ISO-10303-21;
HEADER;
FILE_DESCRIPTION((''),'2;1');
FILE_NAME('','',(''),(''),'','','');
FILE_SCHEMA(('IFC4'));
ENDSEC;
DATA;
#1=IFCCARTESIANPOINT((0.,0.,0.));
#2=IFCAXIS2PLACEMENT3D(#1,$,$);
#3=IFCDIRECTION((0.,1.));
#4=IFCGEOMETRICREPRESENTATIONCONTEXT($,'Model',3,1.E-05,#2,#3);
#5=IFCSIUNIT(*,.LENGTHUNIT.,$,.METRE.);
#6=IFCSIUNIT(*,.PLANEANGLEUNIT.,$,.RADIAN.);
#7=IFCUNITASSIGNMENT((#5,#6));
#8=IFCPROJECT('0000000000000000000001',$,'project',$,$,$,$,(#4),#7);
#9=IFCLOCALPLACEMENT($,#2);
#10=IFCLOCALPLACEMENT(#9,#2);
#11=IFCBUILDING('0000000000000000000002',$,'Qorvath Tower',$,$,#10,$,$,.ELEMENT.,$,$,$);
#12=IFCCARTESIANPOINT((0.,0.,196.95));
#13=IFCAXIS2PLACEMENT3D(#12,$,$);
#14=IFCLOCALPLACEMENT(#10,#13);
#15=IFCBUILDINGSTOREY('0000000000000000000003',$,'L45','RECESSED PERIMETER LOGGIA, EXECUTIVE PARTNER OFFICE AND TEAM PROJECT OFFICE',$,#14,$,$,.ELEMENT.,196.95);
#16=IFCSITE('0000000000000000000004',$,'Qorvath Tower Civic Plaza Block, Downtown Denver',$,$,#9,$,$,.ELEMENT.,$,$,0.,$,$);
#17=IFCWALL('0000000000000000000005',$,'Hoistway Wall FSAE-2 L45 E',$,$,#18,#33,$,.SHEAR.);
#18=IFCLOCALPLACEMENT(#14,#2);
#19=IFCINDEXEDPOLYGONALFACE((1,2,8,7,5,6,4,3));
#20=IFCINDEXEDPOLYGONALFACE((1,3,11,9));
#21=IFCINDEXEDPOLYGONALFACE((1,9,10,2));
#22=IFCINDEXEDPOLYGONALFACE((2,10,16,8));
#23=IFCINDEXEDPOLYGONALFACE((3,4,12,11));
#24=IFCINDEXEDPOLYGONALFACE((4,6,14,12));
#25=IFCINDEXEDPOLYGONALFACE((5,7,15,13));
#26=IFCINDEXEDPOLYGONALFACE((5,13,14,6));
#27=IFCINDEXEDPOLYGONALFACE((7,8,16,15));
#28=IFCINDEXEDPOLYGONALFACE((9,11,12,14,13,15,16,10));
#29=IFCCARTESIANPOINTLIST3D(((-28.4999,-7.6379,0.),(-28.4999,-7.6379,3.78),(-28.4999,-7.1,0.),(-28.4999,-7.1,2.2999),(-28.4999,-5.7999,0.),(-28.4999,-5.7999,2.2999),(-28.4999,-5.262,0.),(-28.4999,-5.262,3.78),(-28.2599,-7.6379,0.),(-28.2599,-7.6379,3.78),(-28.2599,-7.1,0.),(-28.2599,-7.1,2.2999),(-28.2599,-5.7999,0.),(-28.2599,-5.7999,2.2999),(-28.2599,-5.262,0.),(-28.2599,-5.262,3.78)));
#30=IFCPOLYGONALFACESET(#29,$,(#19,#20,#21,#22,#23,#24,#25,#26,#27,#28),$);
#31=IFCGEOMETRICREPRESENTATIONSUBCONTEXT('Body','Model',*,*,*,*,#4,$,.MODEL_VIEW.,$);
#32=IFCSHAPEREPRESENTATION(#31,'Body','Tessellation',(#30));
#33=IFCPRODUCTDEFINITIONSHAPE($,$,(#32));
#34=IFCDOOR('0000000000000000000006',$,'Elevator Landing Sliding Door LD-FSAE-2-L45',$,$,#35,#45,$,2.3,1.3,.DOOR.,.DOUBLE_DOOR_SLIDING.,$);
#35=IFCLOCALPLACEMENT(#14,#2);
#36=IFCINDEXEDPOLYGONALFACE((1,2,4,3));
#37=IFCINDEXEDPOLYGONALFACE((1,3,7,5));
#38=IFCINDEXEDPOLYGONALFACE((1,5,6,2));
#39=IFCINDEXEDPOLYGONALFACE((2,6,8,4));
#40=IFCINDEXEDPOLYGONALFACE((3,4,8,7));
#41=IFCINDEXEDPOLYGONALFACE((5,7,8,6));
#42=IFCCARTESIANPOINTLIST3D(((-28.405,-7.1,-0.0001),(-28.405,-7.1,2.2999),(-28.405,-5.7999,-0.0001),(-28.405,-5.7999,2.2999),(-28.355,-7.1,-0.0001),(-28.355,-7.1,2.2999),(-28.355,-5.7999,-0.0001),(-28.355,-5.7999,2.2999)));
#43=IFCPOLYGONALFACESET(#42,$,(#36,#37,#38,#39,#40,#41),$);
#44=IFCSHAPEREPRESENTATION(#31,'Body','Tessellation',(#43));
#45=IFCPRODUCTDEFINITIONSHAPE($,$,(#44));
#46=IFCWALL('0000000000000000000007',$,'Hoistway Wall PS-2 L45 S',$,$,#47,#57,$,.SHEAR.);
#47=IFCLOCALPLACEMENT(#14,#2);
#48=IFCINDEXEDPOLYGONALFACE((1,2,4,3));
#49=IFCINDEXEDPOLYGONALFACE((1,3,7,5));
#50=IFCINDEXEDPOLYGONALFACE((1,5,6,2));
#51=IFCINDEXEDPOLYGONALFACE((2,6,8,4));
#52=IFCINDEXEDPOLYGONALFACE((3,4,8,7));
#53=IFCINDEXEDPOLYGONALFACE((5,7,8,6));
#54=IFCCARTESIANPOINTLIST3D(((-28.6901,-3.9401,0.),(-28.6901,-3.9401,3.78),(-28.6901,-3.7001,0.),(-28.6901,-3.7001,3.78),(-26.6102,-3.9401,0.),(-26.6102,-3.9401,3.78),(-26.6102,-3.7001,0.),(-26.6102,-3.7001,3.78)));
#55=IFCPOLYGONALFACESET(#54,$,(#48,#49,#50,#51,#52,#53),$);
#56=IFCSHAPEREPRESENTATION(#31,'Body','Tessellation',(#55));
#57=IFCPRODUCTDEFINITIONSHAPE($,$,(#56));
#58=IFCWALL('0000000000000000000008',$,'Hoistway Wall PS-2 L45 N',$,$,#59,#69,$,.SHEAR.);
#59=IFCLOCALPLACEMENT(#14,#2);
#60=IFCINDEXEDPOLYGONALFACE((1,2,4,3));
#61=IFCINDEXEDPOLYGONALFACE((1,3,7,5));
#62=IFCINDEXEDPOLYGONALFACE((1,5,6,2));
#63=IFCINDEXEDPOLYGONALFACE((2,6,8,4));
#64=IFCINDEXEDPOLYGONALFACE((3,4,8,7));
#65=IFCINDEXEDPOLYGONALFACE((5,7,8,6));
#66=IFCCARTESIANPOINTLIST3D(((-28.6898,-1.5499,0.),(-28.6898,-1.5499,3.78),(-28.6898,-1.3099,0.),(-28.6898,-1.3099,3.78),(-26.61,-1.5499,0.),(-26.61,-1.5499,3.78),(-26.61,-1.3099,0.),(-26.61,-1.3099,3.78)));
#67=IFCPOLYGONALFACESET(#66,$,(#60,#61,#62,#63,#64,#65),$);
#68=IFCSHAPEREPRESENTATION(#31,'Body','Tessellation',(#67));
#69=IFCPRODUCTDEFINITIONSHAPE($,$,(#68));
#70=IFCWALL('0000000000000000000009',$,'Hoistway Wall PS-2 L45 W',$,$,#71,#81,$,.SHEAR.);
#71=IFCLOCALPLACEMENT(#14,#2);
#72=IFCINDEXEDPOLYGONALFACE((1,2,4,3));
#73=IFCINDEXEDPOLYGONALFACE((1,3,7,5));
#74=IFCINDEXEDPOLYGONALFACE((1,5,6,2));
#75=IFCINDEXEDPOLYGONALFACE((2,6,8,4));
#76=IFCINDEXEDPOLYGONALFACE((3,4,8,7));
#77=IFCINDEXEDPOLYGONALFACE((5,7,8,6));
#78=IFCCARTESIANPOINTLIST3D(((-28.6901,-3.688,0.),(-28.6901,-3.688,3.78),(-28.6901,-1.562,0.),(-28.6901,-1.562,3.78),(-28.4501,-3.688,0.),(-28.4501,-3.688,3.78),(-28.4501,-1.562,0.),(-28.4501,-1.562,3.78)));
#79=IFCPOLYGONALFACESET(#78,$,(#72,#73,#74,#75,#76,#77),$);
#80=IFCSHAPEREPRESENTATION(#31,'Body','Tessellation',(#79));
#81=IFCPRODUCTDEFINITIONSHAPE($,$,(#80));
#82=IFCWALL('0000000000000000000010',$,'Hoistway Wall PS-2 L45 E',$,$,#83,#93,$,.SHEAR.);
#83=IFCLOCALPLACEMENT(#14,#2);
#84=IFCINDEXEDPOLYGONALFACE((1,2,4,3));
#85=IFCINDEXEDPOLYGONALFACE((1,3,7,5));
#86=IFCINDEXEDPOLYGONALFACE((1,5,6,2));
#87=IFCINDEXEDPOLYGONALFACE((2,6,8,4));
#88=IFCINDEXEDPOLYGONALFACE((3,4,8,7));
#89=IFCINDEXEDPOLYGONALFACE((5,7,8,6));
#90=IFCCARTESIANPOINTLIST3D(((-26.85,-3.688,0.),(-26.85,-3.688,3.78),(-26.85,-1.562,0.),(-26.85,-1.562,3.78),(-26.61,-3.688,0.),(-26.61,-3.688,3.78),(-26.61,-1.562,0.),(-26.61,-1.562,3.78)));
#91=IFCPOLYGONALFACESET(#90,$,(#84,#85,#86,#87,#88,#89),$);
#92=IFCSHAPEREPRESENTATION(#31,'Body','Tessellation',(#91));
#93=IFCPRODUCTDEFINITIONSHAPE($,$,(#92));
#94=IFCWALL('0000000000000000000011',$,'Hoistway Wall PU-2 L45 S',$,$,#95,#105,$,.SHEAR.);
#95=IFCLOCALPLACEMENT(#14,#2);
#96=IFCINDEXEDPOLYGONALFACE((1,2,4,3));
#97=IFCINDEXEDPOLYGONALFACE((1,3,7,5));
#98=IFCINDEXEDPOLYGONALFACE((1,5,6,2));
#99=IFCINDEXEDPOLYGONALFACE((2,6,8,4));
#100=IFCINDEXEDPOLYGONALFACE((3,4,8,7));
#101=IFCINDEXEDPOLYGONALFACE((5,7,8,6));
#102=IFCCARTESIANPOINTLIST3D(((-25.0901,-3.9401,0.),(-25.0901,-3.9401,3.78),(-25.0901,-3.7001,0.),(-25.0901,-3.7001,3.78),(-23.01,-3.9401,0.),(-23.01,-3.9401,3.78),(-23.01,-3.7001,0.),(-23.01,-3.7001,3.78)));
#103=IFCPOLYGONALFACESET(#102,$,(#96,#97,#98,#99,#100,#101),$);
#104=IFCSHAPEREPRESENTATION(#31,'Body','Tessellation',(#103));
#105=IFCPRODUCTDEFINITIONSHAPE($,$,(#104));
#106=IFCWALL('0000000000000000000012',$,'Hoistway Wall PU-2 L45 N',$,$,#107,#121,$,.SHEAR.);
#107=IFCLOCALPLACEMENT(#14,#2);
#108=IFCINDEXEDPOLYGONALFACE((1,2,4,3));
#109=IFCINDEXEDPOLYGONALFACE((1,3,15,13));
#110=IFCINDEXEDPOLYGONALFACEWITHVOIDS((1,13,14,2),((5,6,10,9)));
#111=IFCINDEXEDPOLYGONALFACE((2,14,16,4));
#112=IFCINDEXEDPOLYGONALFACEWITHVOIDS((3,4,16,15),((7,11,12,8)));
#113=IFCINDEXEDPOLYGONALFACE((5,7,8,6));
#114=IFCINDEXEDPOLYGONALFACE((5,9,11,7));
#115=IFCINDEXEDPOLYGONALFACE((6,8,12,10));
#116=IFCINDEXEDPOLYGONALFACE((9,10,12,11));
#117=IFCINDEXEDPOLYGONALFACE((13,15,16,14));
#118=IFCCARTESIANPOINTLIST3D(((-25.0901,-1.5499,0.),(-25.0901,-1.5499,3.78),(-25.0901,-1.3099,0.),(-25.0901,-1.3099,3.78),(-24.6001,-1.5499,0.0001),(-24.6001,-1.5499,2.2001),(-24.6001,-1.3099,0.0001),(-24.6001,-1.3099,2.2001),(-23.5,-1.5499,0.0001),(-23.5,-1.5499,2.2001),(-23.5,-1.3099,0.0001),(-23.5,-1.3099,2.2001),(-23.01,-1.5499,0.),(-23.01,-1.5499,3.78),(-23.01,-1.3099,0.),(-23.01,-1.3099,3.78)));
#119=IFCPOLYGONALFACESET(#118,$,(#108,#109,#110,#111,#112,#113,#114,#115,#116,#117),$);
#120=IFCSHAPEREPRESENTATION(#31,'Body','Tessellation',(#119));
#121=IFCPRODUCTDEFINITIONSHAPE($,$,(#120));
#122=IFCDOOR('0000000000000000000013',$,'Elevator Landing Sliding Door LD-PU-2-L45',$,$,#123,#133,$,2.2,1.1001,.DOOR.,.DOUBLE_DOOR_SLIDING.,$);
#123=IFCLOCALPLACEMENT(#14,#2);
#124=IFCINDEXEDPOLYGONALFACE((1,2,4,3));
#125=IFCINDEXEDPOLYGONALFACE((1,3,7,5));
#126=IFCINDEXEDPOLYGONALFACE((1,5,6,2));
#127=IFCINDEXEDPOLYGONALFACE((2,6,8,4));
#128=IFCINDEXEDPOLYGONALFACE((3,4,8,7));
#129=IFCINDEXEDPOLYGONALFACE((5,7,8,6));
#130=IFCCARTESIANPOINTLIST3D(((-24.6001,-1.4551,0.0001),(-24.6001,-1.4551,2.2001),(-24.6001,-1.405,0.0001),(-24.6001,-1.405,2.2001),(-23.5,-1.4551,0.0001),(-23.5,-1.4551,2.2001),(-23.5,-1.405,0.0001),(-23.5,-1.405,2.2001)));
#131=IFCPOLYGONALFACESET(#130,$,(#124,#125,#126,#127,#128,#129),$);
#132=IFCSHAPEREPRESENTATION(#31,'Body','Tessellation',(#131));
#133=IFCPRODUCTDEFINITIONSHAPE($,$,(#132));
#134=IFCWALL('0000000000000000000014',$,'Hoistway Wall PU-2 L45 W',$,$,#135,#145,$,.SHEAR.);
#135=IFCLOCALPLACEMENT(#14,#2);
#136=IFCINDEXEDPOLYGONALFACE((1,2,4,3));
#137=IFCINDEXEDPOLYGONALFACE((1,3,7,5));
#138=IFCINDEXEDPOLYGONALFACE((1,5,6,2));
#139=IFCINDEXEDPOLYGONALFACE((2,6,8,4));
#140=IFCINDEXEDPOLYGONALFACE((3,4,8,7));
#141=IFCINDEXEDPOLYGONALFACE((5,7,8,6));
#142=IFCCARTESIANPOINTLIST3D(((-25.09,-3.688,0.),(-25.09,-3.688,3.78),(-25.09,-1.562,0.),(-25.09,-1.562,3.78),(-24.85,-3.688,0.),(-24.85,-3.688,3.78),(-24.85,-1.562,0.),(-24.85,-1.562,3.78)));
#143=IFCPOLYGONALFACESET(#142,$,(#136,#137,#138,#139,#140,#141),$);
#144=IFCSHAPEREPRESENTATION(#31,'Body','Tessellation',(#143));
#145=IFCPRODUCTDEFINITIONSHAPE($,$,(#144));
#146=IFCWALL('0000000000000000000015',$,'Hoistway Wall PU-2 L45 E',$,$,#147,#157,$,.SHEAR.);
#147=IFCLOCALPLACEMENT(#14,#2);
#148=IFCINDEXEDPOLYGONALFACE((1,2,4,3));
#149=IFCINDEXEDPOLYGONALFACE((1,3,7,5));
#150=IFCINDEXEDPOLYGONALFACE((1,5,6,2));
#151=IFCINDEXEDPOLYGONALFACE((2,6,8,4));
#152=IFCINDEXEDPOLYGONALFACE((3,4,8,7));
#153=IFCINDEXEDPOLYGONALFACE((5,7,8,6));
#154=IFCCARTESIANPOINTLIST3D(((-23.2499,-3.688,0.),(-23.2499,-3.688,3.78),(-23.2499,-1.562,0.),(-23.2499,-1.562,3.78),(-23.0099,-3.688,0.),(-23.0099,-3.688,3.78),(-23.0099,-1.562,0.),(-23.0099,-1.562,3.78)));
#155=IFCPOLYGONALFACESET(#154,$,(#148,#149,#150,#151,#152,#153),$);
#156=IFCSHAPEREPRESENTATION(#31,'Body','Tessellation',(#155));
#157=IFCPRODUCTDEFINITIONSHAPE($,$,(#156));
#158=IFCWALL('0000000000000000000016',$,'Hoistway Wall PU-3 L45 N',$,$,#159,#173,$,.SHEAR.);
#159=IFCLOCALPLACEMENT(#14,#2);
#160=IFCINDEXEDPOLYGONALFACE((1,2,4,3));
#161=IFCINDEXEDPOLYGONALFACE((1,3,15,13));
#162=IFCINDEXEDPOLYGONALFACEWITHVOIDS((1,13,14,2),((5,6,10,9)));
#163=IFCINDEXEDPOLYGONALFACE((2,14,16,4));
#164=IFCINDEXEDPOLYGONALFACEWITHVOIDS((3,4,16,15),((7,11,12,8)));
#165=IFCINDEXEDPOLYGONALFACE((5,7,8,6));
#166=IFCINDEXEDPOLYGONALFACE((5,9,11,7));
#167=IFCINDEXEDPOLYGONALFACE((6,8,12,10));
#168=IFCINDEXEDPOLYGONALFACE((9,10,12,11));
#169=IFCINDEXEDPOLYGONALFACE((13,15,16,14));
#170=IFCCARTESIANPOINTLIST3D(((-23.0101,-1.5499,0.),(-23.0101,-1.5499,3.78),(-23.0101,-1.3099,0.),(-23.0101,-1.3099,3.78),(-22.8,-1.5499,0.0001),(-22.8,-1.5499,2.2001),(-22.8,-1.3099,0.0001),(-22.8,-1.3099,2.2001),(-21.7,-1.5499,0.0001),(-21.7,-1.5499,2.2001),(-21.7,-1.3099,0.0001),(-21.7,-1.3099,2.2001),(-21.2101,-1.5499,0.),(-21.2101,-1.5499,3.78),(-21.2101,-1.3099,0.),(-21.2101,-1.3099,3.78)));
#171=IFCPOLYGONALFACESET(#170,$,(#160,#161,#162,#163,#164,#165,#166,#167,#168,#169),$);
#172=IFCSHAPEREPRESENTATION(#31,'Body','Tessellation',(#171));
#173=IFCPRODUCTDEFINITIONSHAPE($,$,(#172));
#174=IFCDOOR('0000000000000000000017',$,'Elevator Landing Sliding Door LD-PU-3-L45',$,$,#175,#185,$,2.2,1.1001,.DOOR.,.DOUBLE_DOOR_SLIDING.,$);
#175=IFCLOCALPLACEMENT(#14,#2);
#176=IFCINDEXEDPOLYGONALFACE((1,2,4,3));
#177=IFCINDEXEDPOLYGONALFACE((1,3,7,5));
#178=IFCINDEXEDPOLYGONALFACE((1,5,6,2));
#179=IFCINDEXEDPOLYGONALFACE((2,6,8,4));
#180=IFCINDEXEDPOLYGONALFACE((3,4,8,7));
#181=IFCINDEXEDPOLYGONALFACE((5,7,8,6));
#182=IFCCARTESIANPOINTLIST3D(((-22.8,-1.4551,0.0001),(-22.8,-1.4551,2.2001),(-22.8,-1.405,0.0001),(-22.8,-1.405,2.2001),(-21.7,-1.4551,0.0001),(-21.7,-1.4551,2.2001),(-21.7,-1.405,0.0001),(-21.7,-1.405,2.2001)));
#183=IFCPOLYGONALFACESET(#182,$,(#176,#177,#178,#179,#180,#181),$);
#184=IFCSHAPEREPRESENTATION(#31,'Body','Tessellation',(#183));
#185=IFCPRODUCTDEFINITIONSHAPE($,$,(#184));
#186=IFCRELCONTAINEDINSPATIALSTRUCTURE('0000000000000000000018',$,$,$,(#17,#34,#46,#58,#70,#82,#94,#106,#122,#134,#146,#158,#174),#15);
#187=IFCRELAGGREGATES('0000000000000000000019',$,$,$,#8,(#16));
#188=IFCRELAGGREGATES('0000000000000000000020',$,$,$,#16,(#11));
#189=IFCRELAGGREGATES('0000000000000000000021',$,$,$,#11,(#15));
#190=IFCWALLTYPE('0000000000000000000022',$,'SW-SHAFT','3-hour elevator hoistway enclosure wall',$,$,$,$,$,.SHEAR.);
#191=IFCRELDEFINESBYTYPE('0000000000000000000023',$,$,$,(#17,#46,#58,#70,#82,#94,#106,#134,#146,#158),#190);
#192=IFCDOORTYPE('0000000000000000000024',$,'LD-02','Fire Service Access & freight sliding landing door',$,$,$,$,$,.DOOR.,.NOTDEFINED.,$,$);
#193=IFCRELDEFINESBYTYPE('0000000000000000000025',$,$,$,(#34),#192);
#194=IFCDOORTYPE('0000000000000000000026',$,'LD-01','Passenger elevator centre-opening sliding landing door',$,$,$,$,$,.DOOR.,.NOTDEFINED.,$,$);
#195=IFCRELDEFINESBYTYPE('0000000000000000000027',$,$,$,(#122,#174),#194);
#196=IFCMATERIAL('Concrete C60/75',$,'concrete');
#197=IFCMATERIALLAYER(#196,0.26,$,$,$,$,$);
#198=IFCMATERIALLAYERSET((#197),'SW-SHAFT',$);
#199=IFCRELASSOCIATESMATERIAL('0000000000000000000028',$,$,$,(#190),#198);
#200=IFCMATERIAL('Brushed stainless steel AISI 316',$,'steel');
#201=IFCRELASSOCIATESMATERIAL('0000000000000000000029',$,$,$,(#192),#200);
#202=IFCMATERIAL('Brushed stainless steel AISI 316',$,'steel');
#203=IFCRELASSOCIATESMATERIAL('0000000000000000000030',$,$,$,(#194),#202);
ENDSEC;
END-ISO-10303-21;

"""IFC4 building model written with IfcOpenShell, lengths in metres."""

from ifc_helpers import new_model, si_unit, direction, frame, frame_2d, origin, place, context, subcontext, project, spatial, rectangle, extrude, material, layer, layer_set, type_object, element, fill, save


model = new_model("IFC4")

# Units and contexts
model_context = context("Model", 3, precision=1e-05, world=origin(), true_north=direction((0.0, 1.0)))
body_context = subcontext(model_context, "Body", "Model", "MODEL_VIEW")
ifc_project = project(units=[si_unit("LENGTHUNIT", "METRE"), si_unit("PLANEANGLEUNIT", "RADIAN")], contexts=[model_context])

# Site, building, storey
site_placement = place(None, origin())
site = spatial("IfcSite", under=ifc_project, at=site_placement, Name="Qorvath Tower Civic Plaza Block, Downtown Denver", CompositionType="ELEMENT", RefElevation=0.0)
building_placement = place(site_placement, origin())
building = spatial("IfcBuilding", under=site, at=building_placement, Name="Qorvath Tower", CompositionType="ELEMENT")
storey_placement = place(building_placement, frame((0.0, 0.0, 196.95)))
storey = spatial("IfcBuildingStorey", under=building, at=storey_placement, Name="L45", Description="RECESSED PERIMETER LOGGIA, EXECUTIVE PARTNER OFFICE AND TEAM PROJECT OFFICE", CompositionType="ELEMENT", Elevation=196.95)

# Shared definitions
ifc_material_1 = material(Name="Concrete C60/75", Category="concrete")
ifc_layer_1 = layer(ifc_material_1, 0.26)
ifc_layer_set_1 = layer_set([ifc_layer_1], Name="SW-SHAFT")
wall_type_1 = type_object("IfcWallType", Name="SW-SHAFT", Description="3-hour elevator hoistway enclosure wall", PredefinedType="SHEAR", material=ifc_layer_set_1)

# Wall, opening, door
wall_1_placement = place(storey_placement, frame((-28.3799, -5.262, 0.0), z_axis=(0.0, 0.0, 1.0), x_axis=(0.0, -1.0, 0.0)))
wall_1 = element("IfcWall", 1, at=wall_1_placement, inside=storey, type_object=wall_type_1, Name="Hoistway Wall FSAE-2 L45 E", PredefinedType="SHEAR", context=body_context, shape_type="SweptSolid", body=[
    extrude(rectangle(XDim=2.376, YDim=0.24, at=frame_2d((1.188, 0.0))), origin(), (0.0, 0.0, 1.0), 3.78),
])
opening_1_placement = place(wall_1_placement, frame((0.5381, 0.0, 0.0)))
opening_1 = element("IfcOpeningElement", 2, at=opening_1_placement, cuts=wall_1, PredefinedType="OPENING", context=body_context, shape_type="SweptSolid", body=[
    extrude(rectangle(XDim=1.3, YDim=2.3, at=frame_2d((0.6499, 1.1499))), frame((0.0, 0.1299, 0.0), z_axis=(0.0, -1.0, 0.0), x_axis=(1.0, 0.0, 0.0)), (0.0, 0.0, 1.0), 0.26),
])
ifc_material_2 = material(Name="Brushed stainless steel AISI 316", Category="steel")
door_type_1 = type_object("IfcDoorType", Name="LD-02", Description="Fire Service Access & freight sliding landing door", OperationType="NOTDEFINED", PredefinedType="DOOR", material=ifc_material_2)
door_1_placement = place(opening_1_placement, origin())
door_1 = element("IfcDoor", 3, at=door_1_placement, inside=storey, type_object=door_type_1, Name="Elevator Landing Sliding Door LD-FSAE-2-L45", OperationType="DOUBLE_DOOR_SLIDING", OverallHeight=2.3, OverallWidth=1.3, PredefinedType="DOOR", context=body_context, shape_type="SweptSolid", body=[
    extrude(rectangle(XDim=1.3, YDim=2.3, at=frame_2d((0.6499, 1.1499))), frame((0.0, 0.0249, 0.0), z_axis=(0.0, -1.0, 0.0), x_axis=(1.0, 0.0, 0.0)), (0.0, 0.0, 1.0), 0.05),
])
fill(opening_1, door_1)

# Walls
for number, where, z_axis, x_axis, name in (
    (4, (-26.6101, -3.8201, 0.0), (0.0, 0.0, 1.0), (-1.0, 0.0, 0.0), "Hoistway Wall PS-2 L45 S"),
    (5, (-28.6899, -1.4299, 0.0), (0.0, 0.0, 1.0), (1.0, 0.0, 0.0), "Hoistway Wall PS-2 L45 N"),
):
    element("IfcWall", number, at=place(storey_placement, frame(where, z_axis=z_axis, x_axis=x_axis)), inside=storey, type_object=wall_type_1, Name=name, PredefinedType="SHEAR", context=body_context, shape_type="SweptSolid", body=[
        extrude(rectangle(XDim=2.0798, YDim=0.24, at=frame_2d((1.04, 0.0))), origin(), (0.0, 0.0, 1.0), 3.78),
    ])
for number, where, z_axis, x_axis, name in (
    (6, (-28.5701, -3.688, 0.0), (0.0, 0.0, 1.0), (0.0, 1.0, 0.0), "Hoistway Wall PS-2 L45 W"),
    (7, (-26.73, -1.562, 0.0), (0.0, 0.0, 1.0), (0.0, -1.0, 0.0), "Hoistway Wall PS-2 L45 E"),
):
    element("IfcWall", number, at=place(storey_placement, frame(where, z_axis=z_axis, x_axis=x_axis)), inside=storey, type_object=wall_type_1, Name=name, PredefinedType="SHEAR", context=body_context, shape_type="SweptSolid", body=[
        extrude(rectangle(XDim=2.126, YDim=0.24, at=frame_2d((1.063, 0.0))), origin(), (0.0, 0.0, 1.0), 3.78),
    ])
wall_2_placement = place(storey_placement, frame((-23.01, -3.8201, 0.0), z_axis=(0.0, 0.0, 1.0), x_axis=(-1.0, 0.0, 0.0)))
element("IfcWall", 8, at=wall_2_placement, inside=storey, type_object=wall_type_1, Name="Hoistway Wall PU-2 L45 S", PredefinedType="SHEAR", context=body_context, shape_type="SweptSolid", body=[
    extrude(rectangle(XDim=2.0801, YDim=0.24, at=frame_2d((1.04, 0.0))), origin(), (0.0, 0.0, 1.0), 3.78),
])

# Wall, opening, door
wall_3_placement = place(storey_placement, frame((-25.0901, -1.4299, 0.0), z_axis=(0.0, 0.0, 1.0), x_axis=(1.0, 0.0, 0.0)))
wall_3 = element("IfcWall", 9, at=wall_3_placement, inside=storey, type_object=wall_type_1, Name="Hoistway Wall PU-2 L45 N", PredefinedType="SHEAR", context=body_context, shape_type="SweptSolid", body=[
    extrude(rectangle(XDim=2.0801, YDim=0.24, at=frame_2d((1.04, 0.0))), origin(), (0.0, 0.0, 1.0), 3.78),
])
opening_2_placement = place(wall_3_placement, frame((0.49, 0.0, 0.0)))
opening_2 = element("IfcOpeningElement", 10, at=opening_2_placement, cuts=wall_3, PredefinedType="OPENING", context=body_context, shape_type="SweptSolid", body=[
    extrude(rectangle(XDim=1.1001, YDim=2.2, at=frame_2d((0.55, 1.1001))), frame((0.0, 0.1299, 0.0), z_axis=(0.0, -1.0, 0.0), x_axis=(1.0, 0.0, 0.0)), (0.0, 0.0, 1.0), 0.26),
])
ifc_material_3 = material(Name="Brushed stainless steel AISI 316", Category="steel")
door_type_2 = type_object("IfcDoorType", Name="LD-01", Description="Passenger elevator centre-opening sliding landing door", OperationType="NOTDEFINED", PredefinedType="DOOR", material=ifc_material_3)
door_2_placement = place(opening_2_placement, origin())
door_2 = element("IfcDoor", 11, at=door_2_placement, inside=storey, type_object=door_type_2, Name="Elevator Landing Sliding Door LD-PU-2-L45", OperationType="DOUBLE_DOOR_SLIDING", OverallHeight=2.2, OverallWidth=1.1001, PredefinedType="DOOR", context=body_context, shape_type="SweptSolid", body=[
    extrude(rectangle(XDim=1.1001, YDim=2.2, at=frame_2d((0.55, 1.1001))), frame((0.0, 0.0249, 0.0), z_axis=(0.0, -1.0, 0.0), x_axis=(1.0, 0.0, 0.0)), (0.0, 0.0, 1.0), 0.05),
])
fill(opening_2, door_2)

# Walls
for number, where, z_axis, x_axis, name in (
    (12, (-24.97, -3.688, 0.0), (0.0, 0.0, 1.0), (0.0, 1.0, 0.0), "Hoistway Wall PU-2 L45 W"),
    (13, (-23.1299, -1.562, 0.0), (0.0, 0.0, 1.0), (0.0, -1.0, 0.0), "Hoistway Wall PU-2 L45 E"),
):
    element("IfcWall", number, at=place(storey_placement, frame(where, z_axis=z_axis, x_axis=x_axis)), inside=storey, type_object=wall_type_1, Name=name, PredefinedType="SHEAR", context=body_context, shape_type="SweptSolid", body=[
        extrude(rectangle(XDim=2.126, YDim=0.24, at=frame_2d((1.063, 0.0))), origin(), (0.0, 0.0, 1.0), 3.78),
    ])

# Wall, opening, door
wall_4_placement = place(storey_placement, frame((-23.01, -1.4299, 0.0), z_axis=(0.0, 0.0, 1.0), x_axis=(1.0, 0.0, 0.0)))
wall_4 = element("IfcWall", 14, at=wall_4_placement, inside=storey, type_object=wall_type_1, Name="Hoistway Wall PU-3 L45 N", PredefinedType="SHEAR", context=body_context, shape_type="SweptSolid", body=[
    extrude(rectangle(XDim=1.8, YDim=0.24, at=frame_2d((0.8999, 0.0))), origin(), (0.0, 0.0, 1.0), 3.78),
])
opening_3_placement = place(wall_4_placement, frame((0.21, 0.0, 0.0)))
opening_3 = element("IfcOpeningElement", 15, at=opening_3_placement, cuts=wall_4, PredefinedType="OPENING", context=body_context, shape_type="SweptSolid", body=[
    extrude(rectangle(XDim=1.1001, YDim=2.2, at=frame_2d((0.55, 1.1001))), frame((0.0, 0.1299, 0.0), z_axis=(0.0, -1.0, 0.0), x_axis=(1.0, 0.0, 0.0)), (0.0, 0.0, 1.0), 0.26),
])
door_3_placement = place(opening_3_placement, origin())
door_3 = element("IfcDoor", 16, at=door_3_placement, inside=storey, type_object=door_type_2, Name="Elevator Landing Sliding Door LD-PU-3-L45", OperationType="DOUBLE_DOOR_SLIDING", OverallHeight=2.2, OverallWidth=1.1001, PredefinedType="DOOR", context=body_context, shape_type="SweptSolid", body=[
    extrude(rectangle(XDim=1.1001, YDim=2.2, at=frame_2d((0.55, 1.1001))), frame((0.0, 0.0249, 0.0), z_axis=(0.0, -1.0, 0.0), x_axis=(1.0, 0.0, 0.0)), (0.0, 0.0, 1.0), 0.05),
])
fill(opening_3, door_3)

save(model, "model.ifc")
